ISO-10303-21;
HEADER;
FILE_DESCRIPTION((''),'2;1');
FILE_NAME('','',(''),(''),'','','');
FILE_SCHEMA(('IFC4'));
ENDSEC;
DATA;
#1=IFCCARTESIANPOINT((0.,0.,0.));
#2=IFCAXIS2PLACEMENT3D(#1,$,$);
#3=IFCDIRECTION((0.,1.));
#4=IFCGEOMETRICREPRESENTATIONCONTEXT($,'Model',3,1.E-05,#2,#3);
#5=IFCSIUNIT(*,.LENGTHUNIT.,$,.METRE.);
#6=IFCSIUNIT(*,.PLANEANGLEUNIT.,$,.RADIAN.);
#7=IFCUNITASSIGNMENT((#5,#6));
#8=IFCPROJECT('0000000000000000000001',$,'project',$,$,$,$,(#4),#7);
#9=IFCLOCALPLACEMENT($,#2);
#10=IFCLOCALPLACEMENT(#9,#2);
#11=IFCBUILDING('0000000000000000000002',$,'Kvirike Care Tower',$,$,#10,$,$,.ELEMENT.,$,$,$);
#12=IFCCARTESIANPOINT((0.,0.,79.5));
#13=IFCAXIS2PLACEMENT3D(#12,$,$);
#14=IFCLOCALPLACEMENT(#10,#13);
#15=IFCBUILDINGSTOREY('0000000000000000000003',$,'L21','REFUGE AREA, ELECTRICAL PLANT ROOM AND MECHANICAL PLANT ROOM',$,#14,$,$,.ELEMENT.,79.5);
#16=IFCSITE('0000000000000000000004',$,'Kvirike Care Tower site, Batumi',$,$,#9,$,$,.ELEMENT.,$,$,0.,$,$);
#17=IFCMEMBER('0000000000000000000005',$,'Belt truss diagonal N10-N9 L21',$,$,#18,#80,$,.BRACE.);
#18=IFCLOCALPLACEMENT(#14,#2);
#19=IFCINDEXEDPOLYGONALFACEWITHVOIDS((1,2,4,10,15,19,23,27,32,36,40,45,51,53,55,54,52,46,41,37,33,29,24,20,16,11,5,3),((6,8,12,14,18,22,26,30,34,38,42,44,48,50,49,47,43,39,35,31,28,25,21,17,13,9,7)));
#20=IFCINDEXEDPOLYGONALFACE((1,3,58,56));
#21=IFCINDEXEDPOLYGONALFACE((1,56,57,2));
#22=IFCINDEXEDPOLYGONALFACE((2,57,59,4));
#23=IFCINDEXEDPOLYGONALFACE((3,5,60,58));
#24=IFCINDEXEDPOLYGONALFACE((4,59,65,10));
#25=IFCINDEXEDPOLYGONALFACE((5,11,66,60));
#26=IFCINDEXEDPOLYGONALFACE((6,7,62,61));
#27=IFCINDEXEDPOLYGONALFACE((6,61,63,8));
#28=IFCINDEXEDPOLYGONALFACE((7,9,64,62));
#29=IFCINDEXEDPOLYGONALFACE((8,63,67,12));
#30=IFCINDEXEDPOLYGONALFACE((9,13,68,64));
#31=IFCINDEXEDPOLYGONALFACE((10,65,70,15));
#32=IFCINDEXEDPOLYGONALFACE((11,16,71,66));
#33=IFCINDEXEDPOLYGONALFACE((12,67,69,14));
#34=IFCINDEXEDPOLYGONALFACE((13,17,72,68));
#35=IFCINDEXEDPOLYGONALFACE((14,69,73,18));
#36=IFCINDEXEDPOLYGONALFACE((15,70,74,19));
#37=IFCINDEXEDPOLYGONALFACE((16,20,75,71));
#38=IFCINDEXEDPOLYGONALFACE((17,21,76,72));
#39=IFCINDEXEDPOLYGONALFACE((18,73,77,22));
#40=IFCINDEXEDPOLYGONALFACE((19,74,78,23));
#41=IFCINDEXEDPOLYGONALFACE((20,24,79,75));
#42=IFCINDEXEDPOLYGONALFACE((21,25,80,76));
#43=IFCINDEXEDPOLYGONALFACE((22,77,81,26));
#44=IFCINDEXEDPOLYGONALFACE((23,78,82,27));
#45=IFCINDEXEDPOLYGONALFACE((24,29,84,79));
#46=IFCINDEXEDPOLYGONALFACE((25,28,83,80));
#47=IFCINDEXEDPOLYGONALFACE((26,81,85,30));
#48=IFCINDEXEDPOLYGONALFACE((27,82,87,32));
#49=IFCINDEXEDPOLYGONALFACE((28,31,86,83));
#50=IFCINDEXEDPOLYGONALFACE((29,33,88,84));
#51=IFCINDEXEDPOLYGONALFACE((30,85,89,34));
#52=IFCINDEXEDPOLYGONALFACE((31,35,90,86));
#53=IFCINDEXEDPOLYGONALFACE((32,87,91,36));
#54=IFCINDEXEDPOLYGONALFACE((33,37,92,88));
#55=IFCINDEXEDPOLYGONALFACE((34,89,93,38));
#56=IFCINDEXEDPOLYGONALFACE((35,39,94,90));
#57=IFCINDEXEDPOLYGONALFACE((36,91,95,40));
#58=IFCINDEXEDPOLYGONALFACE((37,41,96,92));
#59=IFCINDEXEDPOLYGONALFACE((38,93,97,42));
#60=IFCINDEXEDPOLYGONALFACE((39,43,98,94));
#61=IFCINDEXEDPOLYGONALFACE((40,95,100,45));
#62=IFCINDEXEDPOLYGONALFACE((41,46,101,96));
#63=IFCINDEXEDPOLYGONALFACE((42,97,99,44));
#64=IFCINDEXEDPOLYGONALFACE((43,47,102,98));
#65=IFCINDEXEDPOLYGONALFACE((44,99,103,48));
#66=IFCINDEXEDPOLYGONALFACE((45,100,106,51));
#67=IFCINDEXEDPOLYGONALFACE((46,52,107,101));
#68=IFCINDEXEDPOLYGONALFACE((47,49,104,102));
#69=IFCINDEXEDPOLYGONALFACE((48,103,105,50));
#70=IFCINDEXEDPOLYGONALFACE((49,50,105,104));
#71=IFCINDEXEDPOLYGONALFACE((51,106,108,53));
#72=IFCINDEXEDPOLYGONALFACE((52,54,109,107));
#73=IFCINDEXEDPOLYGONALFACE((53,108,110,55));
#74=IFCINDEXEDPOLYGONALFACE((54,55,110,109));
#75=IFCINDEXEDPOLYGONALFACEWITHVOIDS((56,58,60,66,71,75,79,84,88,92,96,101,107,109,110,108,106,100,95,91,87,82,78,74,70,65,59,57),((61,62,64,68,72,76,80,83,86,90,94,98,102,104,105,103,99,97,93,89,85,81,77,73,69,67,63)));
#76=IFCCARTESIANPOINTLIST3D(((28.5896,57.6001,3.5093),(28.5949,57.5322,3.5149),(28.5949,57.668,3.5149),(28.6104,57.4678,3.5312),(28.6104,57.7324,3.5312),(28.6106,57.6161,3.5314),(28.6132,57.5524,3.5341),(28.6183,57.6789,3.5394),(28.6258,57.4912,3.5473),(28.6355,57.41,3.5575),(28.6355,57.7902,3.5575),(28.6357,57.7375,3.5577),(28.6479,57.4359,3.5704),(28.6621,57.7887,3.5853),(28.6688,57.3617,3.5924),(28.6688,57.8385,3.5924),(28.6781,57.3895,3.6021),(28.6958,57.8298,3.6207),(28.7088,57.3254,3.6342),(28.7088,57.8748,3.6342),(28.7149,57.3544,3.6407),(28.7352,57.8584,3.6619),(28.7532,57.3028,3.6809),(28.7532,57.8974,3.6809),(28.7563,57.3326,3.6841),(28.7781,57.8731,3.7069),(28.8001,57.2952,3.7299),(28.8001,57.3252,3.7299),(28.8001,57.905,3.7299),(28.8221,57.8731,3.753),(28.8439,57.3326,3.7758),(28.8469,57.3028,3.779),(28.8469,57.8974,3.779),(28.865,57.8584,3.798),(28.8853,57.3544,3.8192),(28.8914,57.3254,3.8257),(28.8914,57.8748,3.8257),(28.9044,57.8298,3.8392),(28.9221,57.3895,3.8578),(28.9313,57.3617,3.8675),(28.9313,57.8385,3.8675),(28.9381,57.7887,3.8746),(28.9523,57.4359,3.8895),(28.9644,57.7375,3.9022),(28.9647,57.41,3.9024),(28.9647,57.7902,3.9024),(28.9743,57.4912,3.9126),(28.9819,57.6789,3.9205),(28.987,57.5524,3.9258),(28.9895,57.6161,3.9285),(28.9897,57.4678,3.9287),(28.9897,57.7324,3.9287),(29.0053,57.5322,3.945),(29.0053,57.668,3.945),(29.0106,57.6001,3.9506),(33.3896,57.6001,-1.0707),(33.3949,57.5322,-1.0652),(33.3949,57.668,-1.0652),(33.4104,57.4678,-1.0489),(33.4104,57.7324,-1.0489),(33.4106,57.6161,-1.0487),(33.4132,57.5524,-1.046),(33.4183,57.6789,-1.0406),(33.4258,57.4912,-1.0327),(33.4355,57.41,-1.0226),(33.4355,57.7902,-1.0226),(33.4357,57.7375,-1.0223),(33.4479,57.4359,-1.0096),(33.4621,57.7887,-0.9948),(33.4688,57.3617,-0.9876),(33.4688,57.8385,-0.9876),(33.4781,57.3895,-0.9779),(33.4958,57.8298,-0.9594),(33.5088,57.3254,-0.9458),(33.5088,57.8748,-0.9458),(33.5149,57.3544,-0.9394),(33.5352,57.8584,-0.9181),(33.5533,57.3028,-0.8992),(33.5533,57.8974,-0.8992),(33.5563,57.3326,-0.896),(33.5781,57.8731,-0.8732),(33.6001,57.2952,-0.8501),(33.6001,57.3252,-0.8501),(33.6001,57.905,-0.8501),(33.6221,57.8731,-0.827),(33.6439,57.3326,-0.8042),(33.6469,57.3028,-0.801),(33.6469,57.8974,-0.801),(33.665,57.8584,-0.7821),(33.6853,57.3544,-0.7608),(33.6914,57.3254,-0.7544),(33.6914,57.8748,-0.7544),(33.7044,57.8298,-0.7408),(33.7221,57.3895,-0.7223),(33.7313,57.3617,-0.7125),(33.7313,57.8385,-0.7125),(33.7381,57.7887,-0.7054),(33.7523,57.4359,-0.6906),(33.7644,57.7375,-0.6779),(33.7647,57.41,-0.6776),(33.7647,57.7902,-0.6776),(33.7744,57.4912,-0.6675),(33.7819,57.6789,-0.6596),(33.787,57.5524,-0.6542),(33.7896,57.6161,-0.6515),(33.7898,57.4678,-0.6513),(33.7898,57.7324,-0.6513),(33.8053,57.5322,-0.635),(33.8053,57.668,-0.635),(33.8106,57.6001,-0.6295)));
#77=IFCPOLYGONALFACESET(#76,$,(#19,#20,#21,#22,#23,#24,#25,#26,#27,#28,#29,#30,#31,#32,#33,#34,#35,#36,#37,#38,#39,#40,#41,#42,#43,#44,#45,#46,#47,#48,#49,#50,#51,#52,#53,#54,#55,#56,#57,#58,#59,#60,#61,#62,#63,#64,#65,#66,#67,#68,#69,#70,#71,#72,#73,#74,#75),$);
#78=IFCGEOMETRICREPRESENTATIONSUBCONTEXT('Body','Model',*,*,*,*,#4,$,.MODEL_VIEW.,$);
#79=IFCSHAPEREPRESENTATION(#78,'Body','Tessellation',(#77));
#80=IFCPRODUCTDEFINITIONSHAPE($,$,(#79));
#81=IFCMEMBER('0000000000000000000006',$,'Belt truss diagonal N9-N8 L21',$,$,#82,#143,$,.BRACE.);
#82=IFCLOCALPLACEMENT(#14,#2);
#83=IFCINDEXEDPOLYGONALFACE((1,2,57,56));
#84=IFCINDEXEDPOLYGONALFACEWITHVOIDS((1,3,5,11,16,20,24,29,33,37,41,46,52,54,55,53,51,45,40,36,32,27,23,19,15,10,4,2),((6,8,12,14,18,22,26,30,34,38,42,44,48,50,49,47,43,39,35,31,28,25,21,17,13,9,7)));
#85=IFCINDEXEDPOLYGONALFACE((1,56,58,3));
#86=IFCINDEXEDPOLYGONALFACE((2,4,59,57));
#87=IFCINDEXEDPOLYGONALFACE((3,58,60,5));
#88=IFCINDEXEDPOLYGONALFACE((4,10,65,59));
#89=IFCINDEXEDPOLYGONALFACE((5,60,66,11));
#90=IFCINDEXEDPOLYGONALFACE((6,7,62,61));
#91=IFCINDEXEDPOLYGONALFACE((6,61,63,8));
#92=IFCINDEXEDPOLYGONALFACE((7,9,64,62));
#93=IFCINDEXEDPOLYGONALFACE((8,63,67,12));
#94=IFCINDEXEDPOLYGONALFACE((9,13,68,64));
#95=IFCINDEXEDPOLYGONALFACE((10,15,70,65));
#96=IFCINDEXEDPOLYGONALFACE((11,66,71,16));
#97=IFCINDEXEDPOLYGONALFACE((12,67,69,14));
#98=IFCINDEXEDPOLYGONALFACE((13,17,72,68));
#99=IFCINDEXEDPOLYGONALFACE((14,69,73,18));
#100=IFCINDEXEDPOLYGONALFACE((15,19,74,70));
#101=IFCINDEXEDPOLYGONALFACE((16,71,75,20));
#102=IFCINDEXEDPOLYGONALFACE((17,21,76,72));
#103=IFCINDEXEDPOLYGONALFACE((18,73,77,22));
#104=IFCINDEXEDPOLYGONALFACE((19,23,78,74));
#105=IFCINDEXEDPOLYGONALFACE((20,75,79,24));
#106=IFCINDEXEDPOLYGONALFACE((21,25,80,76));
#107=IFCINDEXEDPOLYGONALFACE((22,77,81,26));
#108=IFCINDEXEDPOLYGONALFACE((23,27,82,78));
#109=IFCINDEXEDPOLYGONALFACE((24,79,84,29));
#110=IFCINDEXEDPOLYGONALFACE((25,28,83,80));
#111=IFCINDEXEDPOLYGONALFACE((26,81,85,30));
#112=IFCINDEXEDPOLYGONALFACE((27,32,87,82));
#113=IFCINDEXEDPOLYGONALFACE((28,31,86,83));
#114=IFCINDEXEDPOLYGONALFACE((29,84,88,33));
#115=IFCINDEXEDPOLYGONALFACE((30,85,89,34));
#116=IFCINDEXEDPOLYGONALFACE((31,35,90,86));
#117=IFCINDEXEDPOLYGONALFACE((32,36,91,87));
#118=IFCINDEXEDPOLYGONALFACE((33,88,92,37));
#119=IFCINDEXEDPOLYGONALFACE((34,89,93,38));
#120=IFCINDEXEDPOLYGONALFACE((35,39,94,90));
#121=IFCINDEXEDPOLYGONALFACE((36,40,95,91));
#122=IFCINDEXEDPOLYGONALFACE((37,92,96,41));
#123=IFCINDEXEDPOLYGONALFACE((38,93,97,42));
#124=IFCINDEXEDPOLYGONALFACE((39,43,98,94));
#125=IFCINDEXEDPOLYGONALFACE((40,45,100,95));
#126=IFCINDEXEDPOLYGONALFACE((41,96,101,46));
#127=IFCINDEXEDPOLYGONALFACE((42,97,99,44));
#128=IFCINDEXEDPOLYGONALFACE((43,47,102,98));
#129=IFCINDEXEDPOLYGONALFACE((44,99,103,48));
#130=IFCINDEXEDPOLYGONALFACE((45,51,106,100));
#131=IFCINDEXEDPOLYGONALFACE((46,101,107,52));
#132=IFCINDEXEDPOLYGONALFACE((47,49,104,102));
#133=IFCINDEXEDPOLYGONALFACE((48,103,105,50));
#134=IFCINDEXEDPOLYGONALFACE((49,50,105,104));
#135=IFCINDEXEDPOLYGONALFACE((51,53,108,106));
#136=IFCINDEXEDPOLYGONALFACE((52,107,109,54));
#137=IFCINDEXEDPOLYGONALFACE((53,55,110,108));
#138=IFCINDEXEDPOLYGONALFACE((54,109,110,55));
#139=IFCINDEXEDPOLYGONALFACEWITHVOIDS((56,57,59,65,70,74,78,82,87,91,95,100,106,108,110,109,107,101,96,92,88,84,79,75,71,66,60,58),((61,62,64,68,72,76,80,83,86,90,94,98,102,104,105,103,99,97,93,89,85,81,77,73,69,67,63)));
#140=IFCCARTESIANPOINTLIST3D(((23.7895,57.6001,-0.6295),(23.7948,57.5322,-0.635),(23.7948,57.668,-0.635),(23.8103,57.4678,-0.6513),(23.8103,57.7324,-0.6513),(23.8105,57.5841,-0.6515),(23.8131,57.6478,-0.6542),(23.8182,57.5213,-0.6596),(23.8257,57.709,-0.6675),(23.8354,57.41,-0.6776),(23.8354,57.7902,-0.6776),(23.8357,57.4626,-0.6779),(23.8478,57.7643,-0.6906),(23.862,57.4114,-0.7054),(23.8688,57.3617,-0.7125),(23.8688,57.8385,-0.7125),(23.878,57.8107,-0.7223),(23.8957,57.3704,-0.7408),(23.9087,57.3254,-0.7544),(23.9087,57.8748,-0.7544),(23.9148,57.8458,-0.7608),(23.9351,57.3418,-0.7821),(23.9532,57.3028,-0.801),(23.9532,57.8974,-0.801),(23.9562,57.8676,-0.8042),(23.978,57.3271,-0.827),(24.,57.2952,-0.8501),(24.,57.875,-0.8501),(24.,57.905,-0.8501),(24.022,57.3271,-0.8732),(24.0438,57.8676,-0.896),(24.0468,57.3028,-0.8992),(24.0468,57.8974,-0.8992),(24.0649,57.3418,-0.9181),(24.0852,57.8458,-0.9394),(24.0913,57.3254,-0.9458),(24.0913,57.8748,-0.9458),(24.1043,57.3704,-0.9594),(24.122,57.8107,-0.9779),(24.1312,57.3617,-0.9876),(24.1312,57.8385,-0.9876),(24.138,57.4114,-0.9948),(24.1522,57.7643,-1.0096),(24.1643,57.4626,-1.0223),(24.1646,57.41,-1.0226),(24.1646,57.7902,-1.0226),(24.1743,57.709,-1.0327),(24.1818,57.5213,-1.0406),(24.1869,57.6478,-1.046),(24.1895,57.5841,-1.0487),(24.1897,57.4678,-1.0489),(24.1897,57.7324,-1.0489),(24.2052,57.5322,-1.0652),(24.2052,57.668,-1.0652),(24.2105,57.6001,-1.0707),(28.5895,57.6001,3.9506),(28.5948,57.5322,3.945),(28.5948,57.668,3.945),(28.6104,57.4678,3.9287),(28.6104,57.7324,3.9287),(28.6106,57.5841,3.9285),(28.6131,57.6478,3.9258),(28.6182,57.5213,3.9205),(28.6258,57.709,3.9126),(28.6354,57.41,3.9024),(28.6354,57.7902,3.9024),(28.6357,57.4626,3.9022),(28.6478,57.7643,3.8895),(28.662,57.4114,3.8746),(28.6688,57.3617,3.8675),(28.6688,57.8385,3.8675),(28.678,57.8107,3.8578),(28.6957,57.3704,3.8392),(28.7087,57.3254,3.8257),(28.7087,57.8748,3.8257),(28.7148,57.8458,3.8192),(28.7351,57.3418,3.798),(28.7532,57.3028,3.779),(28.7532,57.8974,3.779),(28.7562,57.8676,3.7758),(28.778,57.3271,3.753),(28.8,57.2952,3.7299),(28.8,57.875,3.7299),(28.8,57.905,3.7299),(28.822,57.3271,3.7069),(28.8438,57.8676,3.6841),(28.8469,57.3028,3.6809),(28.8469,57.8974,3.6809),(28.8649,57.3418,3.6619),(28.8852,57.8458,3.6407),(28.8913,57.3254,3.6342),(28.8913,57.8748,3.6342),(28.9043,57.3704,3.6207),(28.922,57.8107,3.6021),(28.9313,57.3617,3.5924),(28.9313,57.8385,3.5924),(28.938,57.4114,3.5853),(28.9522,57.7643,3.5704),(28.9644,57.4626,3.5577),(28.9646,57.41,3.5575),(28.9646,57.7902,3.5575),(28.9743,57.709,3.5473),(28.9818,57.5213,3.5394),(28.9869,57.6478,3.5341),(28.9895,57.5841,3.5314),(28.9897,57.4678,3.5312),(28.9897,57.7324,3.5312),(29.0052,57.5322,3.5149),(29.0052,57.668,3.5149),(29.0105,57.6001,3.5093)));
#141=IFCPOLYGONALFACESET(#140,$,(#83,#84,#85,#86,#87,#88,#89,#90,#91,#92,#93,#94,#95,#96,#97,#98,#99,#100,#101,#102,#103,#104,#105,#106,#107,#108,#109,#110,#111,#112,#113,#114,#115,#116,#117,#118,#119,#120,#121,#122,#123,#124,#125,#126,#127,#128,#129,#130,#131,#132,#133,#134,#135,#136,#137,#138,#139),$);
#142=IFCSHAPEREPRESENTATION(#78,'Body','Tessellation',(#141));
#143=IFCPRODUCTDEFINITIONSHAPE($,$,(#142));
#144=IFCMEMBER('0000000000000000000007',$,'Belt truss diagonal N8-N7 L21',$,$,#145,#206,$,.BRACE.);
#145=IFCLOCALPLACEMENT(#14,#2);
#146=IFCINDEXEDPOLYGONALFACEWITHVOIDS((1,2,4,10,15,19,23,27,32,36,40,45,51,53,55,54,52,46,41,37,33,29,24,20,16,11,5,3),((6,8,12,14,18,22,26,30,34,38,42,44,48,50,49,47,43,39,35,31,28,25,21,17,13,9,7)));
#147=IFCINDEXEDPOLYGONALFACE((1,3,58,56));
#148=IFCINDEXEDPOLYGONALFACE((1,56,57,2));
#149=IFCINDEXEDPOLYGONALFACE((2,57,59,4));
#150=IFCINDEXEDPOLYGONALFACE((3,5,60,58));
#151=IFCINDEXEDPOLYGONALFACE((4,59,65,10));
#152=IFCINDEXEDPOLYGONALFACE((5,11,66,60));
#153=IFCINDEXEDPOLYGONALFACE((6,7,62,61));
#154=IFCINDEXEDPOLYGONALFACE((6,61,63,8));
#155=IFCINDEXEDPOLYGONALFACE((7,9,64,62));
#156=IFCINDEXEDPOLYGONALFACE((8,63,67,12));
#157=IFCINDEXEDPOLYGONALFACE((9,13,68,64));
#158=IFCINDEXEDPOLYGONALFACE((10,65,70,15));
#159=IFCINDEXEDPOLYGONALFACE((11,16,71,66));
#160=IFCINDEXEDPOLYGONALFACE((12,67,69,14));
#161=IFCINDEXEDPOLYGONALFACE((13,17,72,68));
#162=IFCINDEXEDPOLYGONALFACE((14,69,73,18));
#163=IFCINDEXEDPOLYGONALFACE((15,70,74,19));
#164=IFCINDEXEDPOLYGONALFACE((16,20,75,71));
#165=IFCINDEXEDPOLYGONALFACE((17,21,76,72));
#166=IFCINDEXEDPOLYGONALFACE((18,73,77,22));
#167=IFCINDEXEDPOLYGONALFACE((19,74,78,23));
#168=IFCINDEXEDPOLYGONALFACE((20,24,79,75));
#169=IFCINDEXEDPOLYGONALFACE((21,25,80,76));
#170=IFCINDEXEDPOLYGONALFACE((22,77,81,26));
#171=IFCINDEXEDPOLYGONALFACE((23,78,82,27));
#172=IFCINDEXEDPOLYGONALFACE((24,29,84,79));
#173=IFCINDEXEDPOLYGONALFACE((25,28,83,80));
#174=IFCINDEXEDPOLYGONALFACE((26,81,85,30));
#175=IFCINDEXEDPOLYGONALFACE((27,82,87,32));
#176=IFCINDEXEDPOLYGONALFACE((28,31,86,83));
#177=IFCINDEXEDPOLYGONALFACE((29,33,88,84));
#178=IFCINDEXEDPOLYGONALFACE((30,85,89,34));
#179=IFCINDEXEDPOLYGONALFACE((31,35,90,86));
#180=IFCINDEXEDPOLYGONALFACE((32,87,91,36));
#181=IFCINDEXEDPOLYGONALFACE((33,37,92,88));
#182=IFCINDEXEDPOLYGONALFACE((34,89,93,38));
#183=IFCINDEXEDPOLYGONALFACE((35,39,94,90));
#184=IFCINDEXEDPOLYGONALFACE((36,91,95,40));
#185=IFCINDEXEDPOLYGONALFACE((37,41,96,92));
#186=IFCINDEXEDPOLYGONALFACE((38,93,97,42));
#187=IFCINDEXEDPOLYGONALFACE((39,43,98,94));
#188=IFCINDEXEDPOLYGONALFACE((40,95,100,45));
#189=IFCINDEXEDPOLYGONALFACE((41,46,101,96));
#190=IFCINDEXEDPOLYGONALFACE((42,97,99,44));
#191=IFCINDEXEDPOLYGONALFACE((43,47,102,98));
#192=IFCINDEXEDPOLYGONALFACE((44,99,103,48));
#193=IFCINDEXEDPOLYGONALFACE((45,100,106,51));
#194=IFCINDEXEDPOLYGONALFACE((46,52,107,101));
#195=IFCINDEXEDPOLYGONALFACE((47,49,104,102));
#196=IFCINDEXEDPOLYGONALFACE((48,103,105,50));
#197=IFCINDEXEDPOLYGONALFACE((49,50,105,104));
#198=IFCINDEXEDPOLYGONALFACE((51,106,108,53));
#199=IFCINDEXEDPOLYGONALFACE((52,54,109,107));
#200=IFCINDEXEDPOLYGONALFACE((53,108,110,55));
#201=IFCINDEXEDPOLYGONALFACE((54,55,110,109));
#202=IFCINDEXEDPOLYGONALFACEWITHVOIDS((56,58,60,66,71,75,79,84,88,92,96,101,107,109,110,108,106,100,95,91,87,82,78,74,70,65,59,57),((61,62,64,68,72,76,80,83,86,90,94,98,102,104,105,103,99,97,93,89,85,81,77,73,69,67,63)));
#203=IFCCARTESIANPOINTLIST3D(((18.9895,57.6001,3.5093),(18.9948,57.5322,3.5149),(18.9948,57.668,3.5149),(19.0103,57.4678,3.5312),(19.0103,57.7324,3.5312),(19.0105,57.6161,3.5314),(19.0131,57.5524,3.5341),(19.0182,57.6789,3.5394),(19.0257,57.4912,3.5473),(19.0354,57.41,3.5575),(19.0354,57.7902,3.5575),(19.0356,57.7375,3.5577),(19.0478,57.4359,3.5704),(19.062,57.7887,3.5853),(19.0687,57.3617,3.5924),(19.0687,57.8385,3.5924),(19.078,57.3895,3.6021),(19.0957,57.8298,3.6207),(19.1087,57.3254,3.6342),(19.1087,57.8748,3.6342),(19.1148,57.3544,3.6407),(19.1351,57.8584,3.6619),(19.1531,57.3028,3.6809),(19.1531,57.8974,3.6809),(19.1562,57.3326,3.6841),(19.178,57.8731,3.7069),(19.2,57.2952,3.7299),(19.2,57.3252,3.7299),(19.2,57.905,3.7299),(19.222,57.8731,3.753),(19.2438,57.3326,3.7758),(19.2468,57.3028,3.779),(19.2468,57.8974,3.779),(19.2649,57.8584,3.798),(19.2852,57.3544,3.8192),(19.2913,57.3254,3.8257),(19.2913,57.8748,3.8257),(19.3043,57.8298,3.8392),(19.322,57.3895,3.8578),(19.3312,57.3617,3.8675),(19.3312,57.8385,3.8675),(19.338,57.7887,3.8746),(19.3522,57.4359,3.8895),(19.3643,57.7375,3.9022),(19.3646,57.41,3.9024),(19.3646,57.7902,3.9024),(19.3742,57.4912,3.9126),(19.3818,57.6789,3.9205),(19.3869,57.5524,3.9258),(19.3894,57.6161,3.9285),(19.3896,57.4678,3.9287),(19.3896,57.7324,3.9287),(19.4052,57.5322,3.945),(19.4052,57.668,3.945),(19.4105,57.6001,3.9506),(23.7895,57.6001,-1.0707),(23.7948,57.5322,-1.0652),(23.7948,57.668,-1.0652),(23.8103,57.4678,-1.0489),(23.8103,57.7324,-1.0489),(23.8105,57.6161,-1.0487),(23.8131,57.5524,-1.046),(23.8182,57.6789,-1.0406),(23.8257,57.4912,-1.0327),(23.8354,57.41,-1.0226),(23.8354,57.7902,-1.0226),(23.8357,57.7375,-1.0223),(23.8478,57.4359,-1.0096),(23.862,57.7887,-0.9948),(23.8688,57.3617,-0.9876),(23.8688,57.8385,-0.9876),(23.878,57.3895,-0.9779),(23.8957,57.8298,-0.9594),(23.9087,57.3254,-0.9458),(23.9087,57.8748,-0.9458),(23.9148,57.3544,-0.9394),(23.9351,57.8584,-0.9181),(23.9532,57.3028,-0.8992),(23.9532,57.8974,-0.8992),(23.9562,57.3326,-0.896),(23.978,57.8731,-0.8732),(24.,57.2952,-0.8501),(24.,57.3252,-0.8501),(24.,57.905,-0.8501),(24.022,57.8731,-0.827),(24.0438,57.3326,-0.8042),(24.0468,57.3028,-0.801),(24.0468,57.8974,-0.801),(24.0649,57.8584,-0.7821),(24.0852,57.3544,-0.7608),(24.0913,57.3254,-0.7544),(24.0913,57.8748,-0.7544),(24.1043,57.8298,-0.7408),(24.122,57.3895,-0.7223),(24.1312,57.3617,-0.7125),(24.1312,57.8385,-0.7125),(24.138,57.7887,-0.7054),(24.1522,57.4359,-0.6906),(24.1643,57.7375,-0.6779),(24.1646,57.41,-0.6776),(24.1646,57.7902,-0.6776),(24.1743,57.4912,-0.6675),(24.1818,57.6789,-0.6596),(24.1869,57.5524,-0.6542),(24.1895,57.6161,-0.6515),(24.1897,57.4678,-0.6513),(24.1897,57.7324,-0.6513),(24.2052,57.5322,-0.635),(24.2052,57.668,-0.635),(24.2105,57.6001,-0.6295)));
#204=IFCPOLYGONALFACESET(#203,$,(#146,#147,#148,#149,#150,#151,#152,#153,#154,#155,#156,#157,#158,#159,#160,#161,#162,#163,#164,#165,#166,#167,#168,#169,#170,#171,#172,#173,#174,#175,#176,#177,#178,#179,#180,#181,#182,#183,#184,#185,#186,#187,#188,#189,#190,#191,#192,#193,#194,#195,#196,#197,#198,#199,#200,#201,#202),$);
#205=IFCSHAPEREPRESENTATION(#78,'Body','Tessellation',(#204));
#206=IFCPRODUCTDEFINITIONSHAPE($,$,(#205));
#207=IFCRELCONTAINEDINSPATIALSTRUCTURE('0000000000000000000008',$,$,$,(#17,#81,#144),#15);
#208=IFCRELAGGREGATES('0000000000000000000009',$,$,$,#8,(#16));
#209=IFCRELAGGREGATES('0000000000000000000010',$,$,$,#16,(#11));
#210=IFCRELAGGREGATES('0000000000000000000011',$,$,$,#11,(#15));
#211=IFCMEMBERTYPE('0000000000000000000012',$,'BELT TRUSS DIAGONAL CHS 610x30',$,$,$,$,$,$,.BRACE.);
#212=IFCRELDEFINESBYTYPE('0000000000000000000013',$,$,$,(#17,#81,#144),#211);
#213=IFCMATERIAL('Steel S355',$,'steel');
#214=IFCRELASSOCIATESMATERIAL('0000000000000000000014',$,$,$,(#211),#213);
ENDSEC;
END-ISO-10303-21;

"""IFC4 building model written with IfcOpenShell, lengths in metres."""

from ifc_helpers import new_model, si_unit, direction, frame, origin, origin_2d, place, context, subcontext, project, spatial, hollow_circle, extrude, material, material_profile, profile_set, type_object, element, save


model = new_model("IFC4")

# Units and contexts
model_context = context("Model", 3, precision=1e-05, world=origin(), true_north=direction((0.0, 1.0)))
body_context = subcontext(model_context, "Body", "Model", "MODEL_VIEW")
ifc_project = project(units=[si_unit("LENGTHUNIT", "METRE"), si_unit("PLANEANGLEUNIT", "RADIAN")], contexts=[model_context])

# Site, building, storey
site_placement = place(None, origin())
site = spatial("IfcSite", under=ifc_project, at=site_placement, Name="Kvirike Care Tower site, Batumi", CompositionType="ELEMENT", RefElevation=0.0)
building_placement = place(site_placement, origin())
building = spatial("IfcBuilding", under=site, at=building_placement, Name="Kvirike Care Tower", CompositionType="ELEMENT")
storey_placement = place(building_placement, frame((0.0, 0.0, 79.5)))
storey = spatial("IfcBuildingStorey", under=building, at=storey_placement, Name="L21", Description="REFUGE AREA, ELECTRICAL PLANT ROOM AND MECHANICAL PLANT ROOM", CompositionType="ELEMENT", Elevation=79.5)

# Members
ifc_material_1 = material(Name="Steel S355", Category="steel")
ifc_material_profile_1 = material_profile(ifc_material_1, hollow_circle(Radius=0.3049, WallThickness=0.03, at=origin_2d()), Name="CHS 610x30")
ifc_profile_set_1 = profile_set([ifc_material_profile_1], Name="Steel S355")
member_type_1 = type_object("IfcMemberType", Name="BELT TRUSS DIAGONAL CHS 610x30", PredefinedType="BRACE", material=ifc_profile_set_1)
for number, where, z_axis, x_axis, name in (
    (1, (33.6001, 57.6001, -0.8501), (-0.72349, 0.0, 0.690335), (0.0, -1.0, 0.0), "Belt truss diagonal N10-N9 L21"),
    (2, (24.0, 57.6001, -0.8501), (0.72349, 0.0, 0.690335), (0.0, 1.0, 0.0), "Belt truss diagonal N9-N8 L21"),
    (3, (24.0, 57.6001, -0.8501), (-0.72349, 0.0, 0.690335), (0.0, -1.0, 0.0), "Belt truss diagonal N8-N7 L21"),
):
    element("IfcMember", number, at=place(storey_placement, frame(where, z_axis=z_axis, x_axis=x_axis)), inside=storey, type_object=member_type_1, Name=name, PredefinedType="BRACE", context=body_context, shape_type="SweptSolid", body=[
        extrude(hollow_circle(Radius=0.3049, WallThickness=0.03, at=origin_2d()), origin(), (0.0, 0.0, 1.0), 6.6345),
    ])

save(model, "model.ifc")
